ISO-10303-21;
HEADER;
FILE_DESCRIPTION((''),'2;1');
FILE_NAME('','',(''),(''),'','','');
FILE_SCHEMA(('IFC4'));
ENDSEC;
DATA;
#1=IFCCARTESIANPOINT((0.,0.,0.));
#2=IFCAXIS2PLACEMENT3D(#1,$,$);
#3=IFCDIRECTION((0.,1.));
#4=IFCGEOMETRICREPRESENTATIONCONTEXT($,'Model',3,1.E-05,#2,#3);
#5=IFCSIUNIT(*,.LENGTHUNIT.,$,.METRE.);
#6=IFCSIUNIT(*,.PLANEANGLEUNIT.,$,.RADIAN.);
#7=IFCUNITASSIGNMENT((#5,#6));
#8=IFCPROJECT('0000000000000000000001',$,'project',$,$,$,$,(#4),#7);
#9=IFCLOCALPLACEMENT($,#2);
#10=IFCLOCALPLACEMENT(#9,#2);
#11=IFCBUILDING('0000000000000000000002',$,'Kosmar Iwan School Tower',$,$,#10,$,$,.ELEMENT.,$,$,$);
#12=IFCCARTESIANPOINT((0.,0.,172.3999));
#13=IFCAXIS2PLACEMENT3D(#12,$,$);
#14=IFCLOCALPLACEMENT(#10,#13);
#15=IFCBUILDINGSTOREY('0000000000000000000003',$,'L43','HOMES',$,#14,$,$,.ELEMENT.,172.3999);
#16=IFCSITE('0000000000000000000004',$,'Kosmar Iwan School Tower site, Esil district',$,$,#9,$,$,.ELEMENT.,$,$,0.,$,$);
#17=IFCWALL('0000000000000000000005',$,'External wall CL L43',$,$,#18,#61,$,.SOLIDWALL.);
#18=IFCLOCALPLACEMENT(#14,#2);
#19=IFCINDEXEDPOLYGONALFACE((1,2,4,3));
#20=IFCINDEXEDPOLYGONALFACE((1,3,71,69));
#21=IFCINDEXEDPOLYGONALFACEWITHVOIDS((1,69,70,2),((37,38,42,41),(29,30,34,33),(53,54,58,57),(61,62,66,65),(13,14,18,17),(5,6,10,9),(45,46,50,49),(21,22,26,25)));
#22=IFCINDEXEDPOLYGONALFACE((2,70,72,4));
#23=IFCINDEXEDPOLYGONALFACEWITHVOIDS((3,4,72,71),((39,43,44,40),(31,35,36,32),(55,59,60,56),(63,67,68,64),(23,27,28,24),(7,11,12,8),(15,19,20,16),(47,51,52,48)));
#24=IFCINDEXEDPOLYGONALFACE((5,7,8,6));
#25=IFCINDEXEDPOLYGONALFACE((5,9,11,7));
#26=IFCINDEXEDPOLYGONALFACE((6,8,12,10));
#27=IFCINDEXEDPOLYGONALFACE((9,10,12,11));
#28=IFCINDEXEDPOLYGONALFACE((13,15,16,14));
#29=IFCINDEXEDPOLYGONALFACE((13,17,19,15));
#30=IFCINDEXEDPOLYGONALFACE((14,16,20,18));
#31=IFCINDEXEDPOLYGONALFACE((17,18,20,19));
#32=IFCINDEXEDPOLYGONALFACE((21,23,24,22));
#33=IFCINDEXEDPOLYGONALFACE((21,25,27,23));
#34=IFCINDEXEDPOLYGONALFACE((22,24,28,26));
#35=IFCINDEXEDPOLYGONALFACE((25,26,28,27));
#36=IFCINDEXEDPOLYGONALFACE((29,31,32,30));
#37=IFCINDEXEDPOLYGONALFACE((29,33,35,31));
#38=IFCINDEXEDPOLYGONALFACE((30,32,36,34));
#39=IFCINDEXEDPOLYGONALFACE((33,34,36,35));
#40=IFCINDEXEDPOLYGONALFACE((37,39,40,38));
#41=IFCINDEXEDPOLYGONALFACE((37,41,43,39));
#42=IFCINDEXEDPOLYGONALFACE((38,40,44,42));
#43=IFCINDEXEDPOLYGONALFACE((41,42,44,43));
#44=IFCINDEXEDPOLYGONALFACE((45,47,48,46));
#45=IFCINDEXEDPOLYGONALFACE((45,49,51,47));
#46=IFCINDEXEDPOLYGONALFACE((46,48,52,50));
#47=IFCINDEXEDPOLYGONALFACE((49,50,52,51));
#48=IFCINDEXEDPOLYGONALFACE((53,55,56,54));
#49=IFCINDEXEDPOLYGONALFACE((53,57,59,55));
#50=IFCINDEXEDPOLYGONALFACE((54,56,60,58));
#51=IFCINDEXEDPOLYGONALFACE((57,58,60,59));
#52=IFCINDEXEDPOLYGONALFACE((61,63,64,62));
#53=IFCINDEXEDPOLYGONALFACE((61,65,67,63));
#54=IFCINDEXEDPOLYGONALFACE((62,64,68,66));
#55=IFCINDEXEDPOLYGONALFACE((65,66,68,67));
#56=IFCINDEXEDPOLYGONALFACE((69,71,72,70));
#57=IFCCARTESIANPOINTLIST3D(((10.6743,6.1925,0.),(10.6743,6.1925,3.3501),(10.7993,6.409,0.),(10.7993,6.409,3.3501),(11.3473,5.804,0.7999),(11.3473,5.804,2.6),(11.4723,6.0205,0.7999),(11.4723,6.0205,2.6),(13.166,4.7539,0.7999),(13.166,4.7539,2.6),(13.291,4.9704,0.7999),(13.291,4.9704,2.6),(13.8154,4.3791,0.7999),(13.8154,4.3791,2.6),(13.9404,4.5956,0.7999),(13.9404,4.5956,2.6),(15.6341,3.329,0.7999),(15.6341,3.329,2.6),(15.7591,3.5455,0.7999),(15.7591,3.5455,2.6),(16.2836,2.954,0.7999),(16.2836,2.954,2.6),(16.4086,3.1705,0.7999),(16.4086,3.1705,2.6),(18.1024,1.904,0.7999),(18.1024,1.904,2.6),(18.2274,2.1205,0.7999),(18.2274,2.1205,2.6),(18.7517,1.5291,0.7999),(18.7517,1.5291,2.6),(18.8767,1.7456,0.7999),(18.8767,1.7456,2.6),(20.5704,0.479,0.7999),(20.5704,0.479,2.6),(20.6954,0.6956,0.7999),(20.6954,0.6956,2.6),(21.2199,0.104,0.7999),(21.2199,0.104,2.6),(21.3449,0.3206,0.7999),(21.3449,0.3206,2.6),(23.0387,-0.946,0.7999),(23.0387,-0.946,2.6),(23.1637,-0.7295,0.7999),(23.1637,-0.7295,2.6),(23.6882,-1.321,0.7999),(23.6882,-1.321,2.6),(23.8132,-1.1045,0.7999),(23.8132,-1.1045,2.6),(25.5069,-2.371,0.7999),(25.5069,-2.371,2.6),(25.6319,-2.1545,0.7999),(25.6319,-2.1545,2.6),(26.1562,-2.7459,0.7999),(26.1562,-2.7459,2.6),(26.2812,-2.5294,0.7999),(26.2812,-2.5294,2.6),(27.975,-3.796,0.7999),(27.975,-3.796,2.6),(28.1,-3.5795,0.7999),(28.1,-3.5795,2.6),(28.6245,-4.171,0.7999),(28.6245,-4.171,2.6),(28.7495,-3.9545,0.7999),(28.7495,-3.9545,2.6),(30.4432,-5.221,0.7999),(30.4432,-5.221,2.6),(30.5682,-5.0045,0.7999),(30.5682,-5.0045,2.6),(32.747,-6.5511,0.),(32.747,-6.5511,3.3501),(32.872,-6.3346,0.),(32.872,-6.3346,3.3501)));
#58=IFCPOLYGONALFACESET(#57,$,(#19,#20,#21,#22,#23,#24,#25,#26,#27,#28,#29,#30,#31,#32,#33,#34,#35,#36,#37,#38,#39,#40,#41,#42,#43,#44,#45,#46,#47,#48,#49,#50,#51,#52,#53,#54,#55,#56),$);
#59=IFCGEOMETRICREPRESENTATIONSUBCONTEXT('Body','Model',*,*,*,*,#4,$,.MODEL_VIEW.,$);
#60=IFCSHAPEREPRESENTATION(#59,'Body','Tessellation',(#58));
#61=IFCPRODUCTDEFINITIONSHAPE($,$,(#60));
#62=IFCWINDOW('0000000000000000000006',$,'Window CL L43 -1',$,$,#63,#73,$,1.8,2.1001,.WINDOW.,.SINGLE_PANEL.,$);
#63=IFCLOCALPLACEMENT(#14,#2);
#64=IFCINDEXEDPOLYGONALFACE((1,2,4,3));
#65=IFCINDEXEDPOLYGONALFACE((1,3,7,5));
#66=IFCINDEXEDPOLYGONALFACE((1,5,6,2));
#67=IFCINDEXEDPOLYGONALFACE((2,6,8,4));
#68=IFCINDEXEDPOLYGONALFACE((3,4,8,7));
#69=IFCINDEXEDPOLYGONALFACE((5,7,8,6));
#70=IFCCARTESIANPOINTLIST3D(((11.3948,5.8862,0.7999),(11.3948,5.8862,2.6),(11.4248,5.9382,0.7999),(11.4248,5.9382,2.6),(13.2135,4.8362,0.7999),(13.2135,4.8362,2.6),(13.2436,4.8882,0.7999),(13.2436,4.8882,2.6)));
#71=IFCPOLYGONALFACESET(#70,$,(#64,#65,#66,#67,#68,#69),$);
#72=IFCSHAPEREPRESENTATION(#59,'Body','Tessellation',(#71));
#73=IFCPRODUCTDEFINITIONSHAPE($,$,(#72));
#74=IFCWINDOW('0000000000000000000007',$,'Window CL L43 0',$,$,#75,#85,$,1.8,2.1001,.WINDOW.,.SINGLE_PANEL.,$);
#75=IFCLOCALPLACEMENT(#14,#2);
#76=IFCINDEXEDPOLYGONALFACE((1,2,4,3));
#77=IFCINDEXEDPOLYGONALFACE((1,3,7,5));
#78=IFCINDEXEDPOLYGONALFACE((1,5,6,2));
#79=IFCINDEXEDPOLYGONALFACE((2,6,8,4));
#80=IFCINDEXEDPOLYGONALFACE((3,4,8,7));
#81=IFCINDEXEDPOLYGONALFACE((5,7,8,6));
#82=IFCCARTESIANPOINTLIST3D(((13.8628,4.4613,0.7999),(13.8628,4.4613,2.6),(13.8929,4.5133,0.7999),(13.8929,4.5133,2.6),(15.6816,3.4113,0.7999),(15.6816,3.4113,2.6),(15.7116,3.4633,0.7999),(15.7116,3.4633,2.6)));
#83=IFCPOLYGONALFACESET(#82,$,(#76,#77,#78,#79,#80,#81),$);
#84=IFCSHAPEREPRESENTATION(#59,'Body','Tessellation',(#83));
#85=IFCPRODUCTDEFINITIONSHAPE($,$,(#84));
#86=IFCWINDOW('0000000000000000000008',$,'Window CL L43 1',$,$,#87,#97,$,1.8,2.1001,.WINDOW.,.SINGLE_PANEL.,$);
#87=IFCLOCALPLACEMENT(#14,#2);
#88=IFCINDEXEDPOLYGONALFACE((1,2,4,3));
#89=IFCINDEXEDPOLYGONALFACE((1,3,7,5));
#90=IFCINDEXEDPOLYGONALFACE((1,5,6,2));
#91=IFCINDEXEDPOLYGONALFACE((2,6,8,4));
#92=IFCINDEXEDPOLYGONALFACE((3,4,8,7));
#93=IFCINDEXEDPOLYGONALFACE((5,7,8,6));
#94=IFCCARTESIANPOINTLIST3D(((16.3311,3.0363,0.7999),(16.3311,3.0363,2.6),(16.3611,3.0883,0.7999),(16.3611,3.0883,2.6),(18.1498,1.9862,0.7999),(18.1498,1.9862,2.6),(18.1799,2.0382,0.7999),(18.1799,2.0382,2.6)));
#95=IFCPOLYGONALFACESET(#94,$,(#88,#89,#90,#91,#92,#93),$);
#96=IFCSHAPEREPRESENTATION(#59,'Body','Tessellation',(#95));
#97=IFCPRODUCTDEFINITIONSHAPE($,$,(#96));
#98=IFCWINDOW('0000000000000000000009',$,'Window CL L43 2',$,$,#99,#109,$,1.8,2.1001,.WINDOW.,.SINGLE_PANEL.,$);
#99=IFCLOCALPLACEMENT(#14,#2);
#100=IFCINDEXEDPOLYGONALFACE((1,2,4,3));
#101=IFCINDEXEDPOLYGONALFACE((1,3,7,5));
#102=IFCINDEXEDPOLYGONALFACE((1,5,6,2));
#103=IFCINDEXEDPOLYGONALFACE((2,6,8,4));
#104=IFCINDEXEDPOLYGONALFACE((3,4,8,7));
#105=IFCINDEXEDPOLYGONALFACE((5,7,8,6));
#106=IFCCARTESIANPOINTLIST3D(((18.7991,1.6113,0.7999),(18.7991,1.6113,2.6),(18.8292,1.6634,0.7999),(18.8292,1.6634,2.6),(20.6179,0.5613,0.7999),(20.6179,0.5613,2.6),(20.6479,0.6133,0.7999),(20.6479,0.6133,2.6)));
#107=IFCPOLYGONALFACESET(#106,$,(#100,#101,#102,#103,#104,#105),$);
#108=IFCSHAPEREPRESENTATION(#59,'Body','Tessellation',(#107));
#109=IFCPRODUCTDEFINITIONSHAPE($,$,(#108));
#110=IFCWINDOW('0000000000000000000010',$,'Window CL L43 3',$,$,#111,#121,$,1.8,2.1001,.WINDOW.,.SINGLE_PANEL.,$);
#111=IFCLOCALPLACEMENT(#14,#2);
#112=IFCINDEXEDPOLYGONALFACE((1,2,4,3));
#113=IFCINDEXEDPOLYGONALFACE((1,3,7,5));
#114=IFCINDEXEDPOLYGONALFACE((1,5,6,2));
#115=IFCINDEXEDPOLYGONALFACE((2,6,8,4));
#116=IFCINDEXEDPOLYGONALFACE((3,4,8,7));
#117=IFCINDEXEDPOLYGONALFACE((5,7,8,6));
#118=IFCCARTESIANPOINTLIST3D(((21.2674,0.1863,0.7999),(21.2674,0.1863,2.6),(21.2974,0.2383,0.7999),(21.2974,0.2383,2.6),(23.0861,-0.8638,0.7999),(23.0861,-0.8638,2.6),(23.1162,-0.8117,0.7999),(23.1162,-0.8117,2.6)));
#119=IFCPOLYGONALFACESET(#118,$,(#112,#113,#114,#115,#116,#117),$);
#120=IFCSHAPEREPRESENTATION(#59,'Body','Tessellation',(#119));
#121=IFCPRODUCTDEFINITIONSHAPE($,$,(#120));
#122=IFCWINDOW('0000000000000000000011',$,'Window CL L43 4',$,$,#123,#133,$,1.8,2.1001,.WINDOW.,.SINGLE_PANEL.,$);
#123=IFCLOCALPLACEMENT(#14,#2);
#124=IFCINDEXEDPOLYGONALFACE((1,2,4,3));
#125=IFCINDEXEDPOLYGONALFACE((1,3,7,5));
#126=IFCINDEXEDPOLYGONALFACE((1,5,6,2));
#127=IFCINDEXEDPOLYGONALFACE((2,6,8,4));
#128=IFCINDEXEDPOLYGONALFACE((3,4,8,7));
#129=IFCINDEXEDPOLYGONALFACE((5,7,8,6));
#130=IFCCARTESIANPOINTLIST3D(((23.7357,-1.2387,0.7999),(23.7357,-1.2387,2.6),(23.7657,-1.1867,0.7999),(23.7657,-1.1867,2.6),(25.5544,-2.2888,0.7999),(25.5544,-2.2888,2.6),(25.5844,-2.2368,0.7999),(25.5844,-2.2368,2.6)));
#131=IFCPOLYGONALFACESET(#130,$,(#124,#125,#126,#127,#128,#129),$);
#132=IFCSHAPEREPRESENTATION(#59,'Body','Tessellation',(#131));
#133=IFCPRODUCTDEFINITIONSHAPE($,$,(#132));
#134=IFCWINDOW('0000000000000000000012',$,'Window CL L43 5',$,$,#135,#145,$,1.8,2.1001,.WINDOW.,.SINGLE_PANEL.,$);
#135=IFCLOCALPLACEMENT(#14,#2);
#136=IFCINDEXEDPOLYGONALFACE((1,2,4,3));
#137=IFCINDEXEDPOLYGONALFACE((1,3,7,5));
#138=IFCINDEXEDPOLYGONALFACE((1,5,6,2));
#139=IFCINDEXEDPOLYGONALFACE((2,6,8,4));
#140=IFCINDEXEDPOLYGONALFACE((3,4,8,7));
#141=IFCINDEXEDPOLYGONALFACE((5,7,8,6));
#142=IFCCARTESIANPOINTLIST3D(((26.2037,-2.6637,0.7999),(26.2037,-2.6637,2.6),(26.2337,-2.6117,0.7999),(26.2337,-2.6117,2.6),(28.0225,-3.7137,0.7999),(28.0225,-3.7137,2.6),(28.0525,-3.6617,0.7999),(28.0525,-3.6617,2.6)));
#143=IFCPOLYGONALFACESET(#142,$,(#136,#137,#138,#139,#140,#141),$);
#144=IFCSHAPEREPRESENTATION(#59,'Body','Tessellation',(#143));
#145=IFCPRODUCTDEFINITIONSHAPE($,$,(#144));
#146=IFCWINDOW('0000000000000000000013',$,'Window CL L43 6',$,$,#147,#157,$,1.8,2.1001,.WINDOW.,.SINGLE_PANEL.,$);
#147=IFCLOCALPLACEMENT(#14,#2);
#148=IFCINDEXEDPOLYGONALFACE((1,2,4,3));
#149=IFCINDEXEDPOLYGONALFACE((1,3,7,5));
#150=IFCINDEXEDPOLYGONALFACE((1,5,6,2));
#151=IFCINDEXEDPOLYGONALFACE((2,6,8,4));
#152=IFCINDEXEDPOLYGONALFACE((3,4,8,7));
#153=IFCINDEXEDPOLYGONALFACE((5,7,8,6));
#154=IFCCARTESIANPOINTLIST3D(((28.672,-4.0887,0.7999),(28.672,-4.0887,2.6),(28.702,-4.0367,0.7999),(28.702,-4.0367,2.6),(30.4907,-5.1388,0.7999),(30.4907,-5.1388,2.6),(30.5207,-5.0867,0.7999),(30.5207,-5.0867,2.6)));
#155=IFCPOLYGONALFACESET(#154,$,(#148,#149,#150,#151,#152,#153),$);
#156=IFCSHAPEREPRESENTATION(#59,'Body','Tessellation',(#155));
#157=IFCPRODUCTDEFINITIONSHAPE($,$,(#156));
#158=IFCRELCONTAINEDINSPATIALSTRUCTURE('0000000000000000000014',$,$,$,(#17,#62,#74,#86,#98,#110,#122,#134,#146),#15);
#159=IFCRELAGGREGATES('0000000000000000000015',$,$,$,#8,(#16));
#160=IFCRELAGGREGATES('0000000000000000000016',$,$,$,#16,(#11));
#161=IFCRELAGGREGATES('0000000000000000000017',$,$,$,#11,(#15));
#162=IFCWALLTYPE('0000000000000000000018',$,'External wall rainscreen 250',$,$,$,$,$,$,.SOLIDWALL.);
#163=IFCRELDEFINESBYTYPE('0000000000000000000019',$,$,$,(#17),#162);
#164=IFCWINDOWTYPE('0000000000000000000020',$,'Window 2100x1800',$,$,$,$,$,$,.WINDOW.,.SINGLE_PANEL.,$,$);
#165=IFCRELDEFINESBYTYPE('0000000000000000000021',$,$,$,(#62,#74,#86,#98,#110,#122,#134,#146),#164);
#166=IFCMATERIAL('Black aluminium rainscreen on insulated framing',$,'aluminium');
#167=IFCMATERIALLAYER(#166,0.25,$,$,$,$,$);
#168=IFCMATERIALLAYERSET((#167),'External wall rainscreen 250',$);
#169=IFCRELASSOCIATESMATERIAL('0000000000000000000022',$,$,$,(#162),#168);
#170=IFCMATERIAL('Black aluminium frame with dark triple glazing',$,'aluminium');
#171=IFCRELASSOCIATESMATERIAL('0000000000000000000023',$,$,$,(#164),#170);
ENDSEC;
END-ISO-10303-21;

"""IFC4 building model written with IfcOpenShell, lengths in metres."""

from ifc_helpers import new_model, si_unit, direction, frame, frame_2d, origin, place, context, subcontext, project, spatial, rectangle, extrude, material, layer, layer_set, type_object, element, fill, save


model = new_model("IFC4")

# Units and contexts
model_context = context("Model", 3, precision=1e-05, world=origin(), true_north=direction((0.0, 1.0)))
body_context = subcontext(model_context, "Body", "Model", "MODEL_VIEW")
ifc_project = project(units=[si_unit("LENGTHUNIT", "METRE"), si_unit("PLANEANGLEUNIT", "RADIAN")], contexts=[model_context])

# Site, building, storey
site_placement = place(None, origin())
site = spatial("IfcSite", under=ifc_project, at=site_placement, Name="Kosmar Iwan School Tower site, Esil district", CompositionType="ELEMENT", RefElevation=0.0)
building_placement = place(site_placement, origin())
building = spatial("IfcBuilding", under=site, at=building_placement, Name="Kosmar Iwan School Tower", CompositionType="ELEMENT")
storey_placement = place(building_placement, frame((0.0, 0.0, 172.3999)))
storey = spatial("IfcBuildingStorey", under=building, at=storey_placement, Name="L43", Description="HOMES", CompositionType="ELEMENT", Elevation=172.3999)

# Wall, openings, windows
ifc_material_1 = material(Name="Black aluminium rainscreen on insulated framing", Category="aluminium")
ifc_layer = layer(ifc_material_1, 0.25)
ifc_layer_set = layer_set([ifc_layer], Name="External wall rainscreen 250")
wall_type = type_object("IfcWallType", Name="External wall rainscreen 250", PredefinedType="SOLIDWALL", material=ifc_layer_set)
wall_1_placement = place(storey_placement, frame((10.7368, 6.3008, 0.0), z_axis=(0.0, 0.0, 1.0), x_axis=(0.866026, -0.499998, 0.0)))
wall_1 = element("IfcWall", 1, at=wall_1_placement, inside=storey, type_object=wall_type, Name="External wall CL L43", PredefinedType="SOLIDWALL", context=body_context, shape_type="SweptSolid", body=[
    extrude(rectangle(XDim=25.4873, YDim=0.25, at=frame_2d((12.7437, 0.0))), origin(), (0.0, 0.0, 1.0), 3.3501),
])
opening_1_placement = place(wall_1_placement, frame((0.7771, 0.0, 0.8)))
opening_1 = element("IfcOpeningElement", 2, at=opening_1_placement, cuts=wall_1, PredefinedType="OPENING", context=body_context, shape_type="SweptSolid", body=[
    extrude(rectangle(XDim=2.1001, YDim=1.8, at=frame_2d((1.05, 0.8999))), frame((0.0, 0.137, 0.0), z_axis=(0.0, -1.0, 0.0), x_axis=(1.0, 0.0, 0.0)), (0.0, 0.0, 1.0), 0.2739),
])
opening_2_placement = place(wall_1_placement, frame((3.627, 0.0, 0.8)))
opening_2 = element("IfcOpeningElement", 3, at=opening_2_placement, cuts=wall_1, PredefinedType="OPENING", context=body_context, shape_type="SweptSolid", body=[
    extrude(rectangle(XDim=2.1001, YDim=1.8, at=frame_2d((1.05, 0.8999))), frame((0.0, 0.137, 0.0), z_axis=(0.0, -1.0, 0.0), x_axis=(1.0, 0.0, 0.0)), (0.0, 0.0, 1.0), 0.2739),
])
opening_3_placement = place(wall_1_placement, frame((6.4771, 0.0, 0.8)))
opening_3 = element("IfcOpeningElement", 4, at=opening_3_placement, cuts=wall_1, PredefinedType="OPENING", context=body_context, shape_type="SweptSolid", body=[
    extrude(rectangle(XDim=2.1001, YDim=1.8, at=frame_2d((1.05, 0.8999))), frame((0.0, 0.137, 0.0), z_axis=(0.0, -1.0, 0.0), x_axis=(1.0, 0.0, 0.0)), (0.0, 0.0, 1.0), 0.2739),
])
opening_4_placement = place(wall_1_placement, frame((9.3269, 0.0, 0.8)))
opening_4 = element("IfcOpeningElement", 5, at=opening_4_placement, cuts=wall_1, PredefinedType="OPENING", context=body_context, shape_type="SweptSolid", body=[
    extrude(rectangle(XDim=2.1001, YDim=1.8, at=frame_2d((1.05, 0.8999))), frame((0.0, 0.137, 0.0), z_axis=(0.0, -1.0, 0.0), x_axis=(1.0, 0.0, 0.0)), (0.0, 0.0, 1.0), 0.2739),
])
opening_5_placement = place(wall_1_placement, frame((12.177, 0.0, 0.8)))
opening_5 = element("IfcOpeningElement", 6, at=opening_5_placement, cuts=wall_1, PredefinedType="OPENING", context=body_context, shape_type="SweptSolid", body=[
    extrude(rectangle(XDim=2.1001, YDim=1.8, at=frame_2d((1.05, 0.8999))), frame((0.0, 0.137, 0.0), z_axis=(0.0, -1.0, 0.0), x_axis=(1.0, 0.0, 0.0)), (0.0, 0.0, 1.0), 0.2739),
])
opening_6_placement = place(wall_1_placement, frame((15.0271, 0.0, 0.8)))
opening_6 = element("IfcOpeningElement", 7, at=opening_6_placement, cuts=wall_1, PredefinedType="OPENING", context=body_context, shape_type="SweptSolid", body=[
    extrude(rectangle(XDim=2.1001, YDim=1.8, at=frame_2d((1.05, 0.8999))), frame((0.0, 0.137, 0.0), z_axis=(0.0, -1.0, 0.0), x_axis=(1.0, 0.0, 0.0)), (0.0, 0.0, 1.0), 0.2739),
])
opening_7_placement = place(wall_1_placement, frame((17.877, 0.0, 0.8)))
opening_7 = element("IfcOpeningElement", 8, at=opening_7_placement, cuts=wall_1, PredefinedType="OPENING", context=body_context, shape_type="SweptSolid", body=[
    extrude(rectangle(XDim=2.1001, YDim=1.8, at=frame_2d((1.05, 0.8999))), frame((0.0, 0.137, 0.0), z_axis=(0.0, -1.0, 0.0), x_axis=(1.0, 0.0, 0.0)), (0.0, 0.0, 1.0), 0.2739),
])
opening_8_placement = place(wall_1_placement, frame((20.7271, 0.0, 0.8)))
opening_8 = element("IfcOpeningElement", 9, at=opening_8_placement, cuts=wall_1, PredefinedType="OPENING", context=body_context, shape_type="SweptSolid", body=[
    extrude(rectangle(XDim=2.1001, YDim=1.8, at=frame_2d((1.05, 0.8999))), frame((0.0, 0.137, 0.0), z_axis=(0.0, -1.0, 0.0), x_axis=(1.0, 0.0, 0.0)), (0.0, 0.0, 1.0), 0.2739),
])
ifc_material_2 = material(Name="Black aluminium frame with dark triple glazing", Category="aluminium")
window_type = type_object("IfcWindowType", Name="Window 2100x1800", PartitioningType="SINGLE_PANEL", PredefinedType="WINDOW", material=ifc_material_2)
window_1_placement = place(opening_1_placement, origin())
window_1 = element("IfcWindow", 10, at=window_1_placement, inside=storey, type_object=window_type, Name="Window CL L43 -1", OverallHeight=1.8, OverallWidth=2.1001, PartitioningType="SINGLE_PANEL", PredefinedType="WINDOW", context=body_context, shape_type="SweptSolid", body=[
    extrude(rectangle(XDim=2.1001, YDim=1.8, at=frame_2d((1.05, 0.8999))), frame((0.0, 0.03, 0.0), z_axis=(0.0, -1.0, 0.0), x_axis=(1.0, 0.0, 0.0)), (0.0, 0.0, 1.0), 0.0601),
])
fill(opening_1, window_1)
window_2_placement = place(opening_2_placement, origin())
window_2 = element("IfcWindow", 11, at=window_2_placement, inside=storey, type_object=window_type, Name="Window CL L43 0", OverallHeight=1.8, OverallWidth=2.1001, PartitioningType="SINGLE_PANEL", PredefinedType="WINDOW", context=body_context, shape_type="SweptSolid", body=[
    extrude(rectangle(XDim=2.1001, YDim=1.8, at=frame_2d((1.05, 0.8999))), frame((0.0, 0.03, 0.0), z_axis=(0.0, -1.0, 0.0), x_axis=(1.0, 0.0, 0.0)), (0.0, 0.0, 1.0), 0.0601),
])
fill(opening_2, window_2)
window_3_placement = place(opening_3_placement, origin())
window_3 = element("IfcWindow", 12, at=window_3_placement, inside=storey, type_object=window_type, Name="Window CL L43 1", OverallHeight=1.8, OverallWidth=2.1001, PartitioningType="SINGLE_PANEL", PredefinedType="WINDOW", context=body_context, shape_type="SweptSolid", body=[
    extrude(rectangle(XDim=2.1001, YDim=1.8, at=frame_2d((1.05, 0.8999))), frame((0.0, 0.03, 0.0), z_axis=(0.0, -1.0, 0.0), x_axis=(1.0, 0.0, 0.0)), (0.0, 0.0, 1.0), 0.0601),
])
fill(opening_3, window_3)
window_4_placement = place(opening_4_placement, origin())
window_4 = element("IfcWindow", 13, at=window_4_placement, inside=storey, type_object=window_type, Name="Window CL L43 2", OverallHeight=1.8, OverallWidth=2.1001, PartitioningType="SINGLE_PANEL", PredefinedType="WINDOW", context=body_context, shape_type="SweptSolid", body=[
    extrude(rectangle(XDim=2.1001, YDim=1.8, at=frame_2d((1.05, 0.8999))), frame((0.0, 0.03, 0.0), z_axis=(0.0, -1.0, 0.0), x_axis=(1.0, 0.0, 0.0)), (0.0, 0.0, 1.0), 0.0601),
])
fill(opening_4, window_4)
window_5_placement = place(opening_5_placement, origin())
window_5 = element("IfcWindow", 14, at=window_5_placement, inside=storey, type_object=window_type, Name="Window CL L43 3", OverallHeight=1.8, OverallWidth=2.1001, PartitioningType="SINGLE_PANEL", PredefinedType="WINDOW", context=body_context, shape_type="SweptSolid", body=[
    extrude(rectangle(XDim=2.1001, YDim=1.8, at=frame_2d((1.05, 0.8999))), frame((0.0, 0.03, 0.0), z_axis=(0.0, -1.0, 0.0), x_axis=(1.0, 0.0, 0.0)), (0.0, 0.0, 1.0), 0.0601),
])
fill(opening_5, window_5)
window_6_placement = place(opening_6_placement, origin())
window_6 = element("IfcWindow", 15, at=window_6_placement, inside=storey, type_object=window_type, Name="Window CL L43 4", OverallHeight=1.8, OverallWidth=2.1001, PartitioningType="SINGLE_PANEL", PredefinedType="WINDOW", context=body_context, shape_type="SweptSolid", body=[
    extrude(rectangle(XDim=2.1001, YDim=1.8, at=frame_2d((1.05, 0.8999))), frame((0.0, 0.03, 0.0), z_axis=(0.0, -1.0, 0.0), x_axis=(1.0, 0.0, 0.0)), (0.0, 0.0, 1.0), 0.0601),
])
fill(opening_6, window_6)
window_7_placement = place(opening_7_placement, origin())
window_7 = element("IfcWindow", 16, at=window_7_placement, inside=storey, type_object=window_type, Name="Window CL L43 5", OverallHeight=1.8, OverallWidth=2.1001, PartitioningType="SINGLE_PANEL", PredefinedType="WINDOW", context=body_context, shape_type="SweptSolid", body=[
    extrude(rectangle(XDim=2.1001, YDim=1.8, at=frame_2d((1.05, 0.8999))), frame((0.0, 0.03, 0.0), z_axis=(0.0, -1.0, 0.0), x_axis=(1.0, 0.0, 0.0)), (0.0, 0.0, 1.0), 0.0601),
])
fill(opening_7, window_7)
window_8_placement = place(opening_8_placement, origin())
window_8 = element("IfcWindow", 17, at=window_8_placement, inside=storey, type_object=window_type, Name="Window CL L43 6", OverallHeight=1.8, OverallWidth=2.1001, PartitioningType="SINGLE_PANEL", PredefinedType="WINDOW", context=body_context, shape_type="SweptSolid", body=[
    extrude(rectangle(XDim=2.1001, YDim=1.8, at=frame_2d((1.05, 0.8999))), frame((0.0, 0.03, 0.0), z_axis=(0.0, -1.0, 0.0), x_axis=(1.0, 0.0, 0.0)), (0.0, 0.0, 1.0), 0.0601),
])
fill(opening_8, window_8)

save(model, "model.ifc")
